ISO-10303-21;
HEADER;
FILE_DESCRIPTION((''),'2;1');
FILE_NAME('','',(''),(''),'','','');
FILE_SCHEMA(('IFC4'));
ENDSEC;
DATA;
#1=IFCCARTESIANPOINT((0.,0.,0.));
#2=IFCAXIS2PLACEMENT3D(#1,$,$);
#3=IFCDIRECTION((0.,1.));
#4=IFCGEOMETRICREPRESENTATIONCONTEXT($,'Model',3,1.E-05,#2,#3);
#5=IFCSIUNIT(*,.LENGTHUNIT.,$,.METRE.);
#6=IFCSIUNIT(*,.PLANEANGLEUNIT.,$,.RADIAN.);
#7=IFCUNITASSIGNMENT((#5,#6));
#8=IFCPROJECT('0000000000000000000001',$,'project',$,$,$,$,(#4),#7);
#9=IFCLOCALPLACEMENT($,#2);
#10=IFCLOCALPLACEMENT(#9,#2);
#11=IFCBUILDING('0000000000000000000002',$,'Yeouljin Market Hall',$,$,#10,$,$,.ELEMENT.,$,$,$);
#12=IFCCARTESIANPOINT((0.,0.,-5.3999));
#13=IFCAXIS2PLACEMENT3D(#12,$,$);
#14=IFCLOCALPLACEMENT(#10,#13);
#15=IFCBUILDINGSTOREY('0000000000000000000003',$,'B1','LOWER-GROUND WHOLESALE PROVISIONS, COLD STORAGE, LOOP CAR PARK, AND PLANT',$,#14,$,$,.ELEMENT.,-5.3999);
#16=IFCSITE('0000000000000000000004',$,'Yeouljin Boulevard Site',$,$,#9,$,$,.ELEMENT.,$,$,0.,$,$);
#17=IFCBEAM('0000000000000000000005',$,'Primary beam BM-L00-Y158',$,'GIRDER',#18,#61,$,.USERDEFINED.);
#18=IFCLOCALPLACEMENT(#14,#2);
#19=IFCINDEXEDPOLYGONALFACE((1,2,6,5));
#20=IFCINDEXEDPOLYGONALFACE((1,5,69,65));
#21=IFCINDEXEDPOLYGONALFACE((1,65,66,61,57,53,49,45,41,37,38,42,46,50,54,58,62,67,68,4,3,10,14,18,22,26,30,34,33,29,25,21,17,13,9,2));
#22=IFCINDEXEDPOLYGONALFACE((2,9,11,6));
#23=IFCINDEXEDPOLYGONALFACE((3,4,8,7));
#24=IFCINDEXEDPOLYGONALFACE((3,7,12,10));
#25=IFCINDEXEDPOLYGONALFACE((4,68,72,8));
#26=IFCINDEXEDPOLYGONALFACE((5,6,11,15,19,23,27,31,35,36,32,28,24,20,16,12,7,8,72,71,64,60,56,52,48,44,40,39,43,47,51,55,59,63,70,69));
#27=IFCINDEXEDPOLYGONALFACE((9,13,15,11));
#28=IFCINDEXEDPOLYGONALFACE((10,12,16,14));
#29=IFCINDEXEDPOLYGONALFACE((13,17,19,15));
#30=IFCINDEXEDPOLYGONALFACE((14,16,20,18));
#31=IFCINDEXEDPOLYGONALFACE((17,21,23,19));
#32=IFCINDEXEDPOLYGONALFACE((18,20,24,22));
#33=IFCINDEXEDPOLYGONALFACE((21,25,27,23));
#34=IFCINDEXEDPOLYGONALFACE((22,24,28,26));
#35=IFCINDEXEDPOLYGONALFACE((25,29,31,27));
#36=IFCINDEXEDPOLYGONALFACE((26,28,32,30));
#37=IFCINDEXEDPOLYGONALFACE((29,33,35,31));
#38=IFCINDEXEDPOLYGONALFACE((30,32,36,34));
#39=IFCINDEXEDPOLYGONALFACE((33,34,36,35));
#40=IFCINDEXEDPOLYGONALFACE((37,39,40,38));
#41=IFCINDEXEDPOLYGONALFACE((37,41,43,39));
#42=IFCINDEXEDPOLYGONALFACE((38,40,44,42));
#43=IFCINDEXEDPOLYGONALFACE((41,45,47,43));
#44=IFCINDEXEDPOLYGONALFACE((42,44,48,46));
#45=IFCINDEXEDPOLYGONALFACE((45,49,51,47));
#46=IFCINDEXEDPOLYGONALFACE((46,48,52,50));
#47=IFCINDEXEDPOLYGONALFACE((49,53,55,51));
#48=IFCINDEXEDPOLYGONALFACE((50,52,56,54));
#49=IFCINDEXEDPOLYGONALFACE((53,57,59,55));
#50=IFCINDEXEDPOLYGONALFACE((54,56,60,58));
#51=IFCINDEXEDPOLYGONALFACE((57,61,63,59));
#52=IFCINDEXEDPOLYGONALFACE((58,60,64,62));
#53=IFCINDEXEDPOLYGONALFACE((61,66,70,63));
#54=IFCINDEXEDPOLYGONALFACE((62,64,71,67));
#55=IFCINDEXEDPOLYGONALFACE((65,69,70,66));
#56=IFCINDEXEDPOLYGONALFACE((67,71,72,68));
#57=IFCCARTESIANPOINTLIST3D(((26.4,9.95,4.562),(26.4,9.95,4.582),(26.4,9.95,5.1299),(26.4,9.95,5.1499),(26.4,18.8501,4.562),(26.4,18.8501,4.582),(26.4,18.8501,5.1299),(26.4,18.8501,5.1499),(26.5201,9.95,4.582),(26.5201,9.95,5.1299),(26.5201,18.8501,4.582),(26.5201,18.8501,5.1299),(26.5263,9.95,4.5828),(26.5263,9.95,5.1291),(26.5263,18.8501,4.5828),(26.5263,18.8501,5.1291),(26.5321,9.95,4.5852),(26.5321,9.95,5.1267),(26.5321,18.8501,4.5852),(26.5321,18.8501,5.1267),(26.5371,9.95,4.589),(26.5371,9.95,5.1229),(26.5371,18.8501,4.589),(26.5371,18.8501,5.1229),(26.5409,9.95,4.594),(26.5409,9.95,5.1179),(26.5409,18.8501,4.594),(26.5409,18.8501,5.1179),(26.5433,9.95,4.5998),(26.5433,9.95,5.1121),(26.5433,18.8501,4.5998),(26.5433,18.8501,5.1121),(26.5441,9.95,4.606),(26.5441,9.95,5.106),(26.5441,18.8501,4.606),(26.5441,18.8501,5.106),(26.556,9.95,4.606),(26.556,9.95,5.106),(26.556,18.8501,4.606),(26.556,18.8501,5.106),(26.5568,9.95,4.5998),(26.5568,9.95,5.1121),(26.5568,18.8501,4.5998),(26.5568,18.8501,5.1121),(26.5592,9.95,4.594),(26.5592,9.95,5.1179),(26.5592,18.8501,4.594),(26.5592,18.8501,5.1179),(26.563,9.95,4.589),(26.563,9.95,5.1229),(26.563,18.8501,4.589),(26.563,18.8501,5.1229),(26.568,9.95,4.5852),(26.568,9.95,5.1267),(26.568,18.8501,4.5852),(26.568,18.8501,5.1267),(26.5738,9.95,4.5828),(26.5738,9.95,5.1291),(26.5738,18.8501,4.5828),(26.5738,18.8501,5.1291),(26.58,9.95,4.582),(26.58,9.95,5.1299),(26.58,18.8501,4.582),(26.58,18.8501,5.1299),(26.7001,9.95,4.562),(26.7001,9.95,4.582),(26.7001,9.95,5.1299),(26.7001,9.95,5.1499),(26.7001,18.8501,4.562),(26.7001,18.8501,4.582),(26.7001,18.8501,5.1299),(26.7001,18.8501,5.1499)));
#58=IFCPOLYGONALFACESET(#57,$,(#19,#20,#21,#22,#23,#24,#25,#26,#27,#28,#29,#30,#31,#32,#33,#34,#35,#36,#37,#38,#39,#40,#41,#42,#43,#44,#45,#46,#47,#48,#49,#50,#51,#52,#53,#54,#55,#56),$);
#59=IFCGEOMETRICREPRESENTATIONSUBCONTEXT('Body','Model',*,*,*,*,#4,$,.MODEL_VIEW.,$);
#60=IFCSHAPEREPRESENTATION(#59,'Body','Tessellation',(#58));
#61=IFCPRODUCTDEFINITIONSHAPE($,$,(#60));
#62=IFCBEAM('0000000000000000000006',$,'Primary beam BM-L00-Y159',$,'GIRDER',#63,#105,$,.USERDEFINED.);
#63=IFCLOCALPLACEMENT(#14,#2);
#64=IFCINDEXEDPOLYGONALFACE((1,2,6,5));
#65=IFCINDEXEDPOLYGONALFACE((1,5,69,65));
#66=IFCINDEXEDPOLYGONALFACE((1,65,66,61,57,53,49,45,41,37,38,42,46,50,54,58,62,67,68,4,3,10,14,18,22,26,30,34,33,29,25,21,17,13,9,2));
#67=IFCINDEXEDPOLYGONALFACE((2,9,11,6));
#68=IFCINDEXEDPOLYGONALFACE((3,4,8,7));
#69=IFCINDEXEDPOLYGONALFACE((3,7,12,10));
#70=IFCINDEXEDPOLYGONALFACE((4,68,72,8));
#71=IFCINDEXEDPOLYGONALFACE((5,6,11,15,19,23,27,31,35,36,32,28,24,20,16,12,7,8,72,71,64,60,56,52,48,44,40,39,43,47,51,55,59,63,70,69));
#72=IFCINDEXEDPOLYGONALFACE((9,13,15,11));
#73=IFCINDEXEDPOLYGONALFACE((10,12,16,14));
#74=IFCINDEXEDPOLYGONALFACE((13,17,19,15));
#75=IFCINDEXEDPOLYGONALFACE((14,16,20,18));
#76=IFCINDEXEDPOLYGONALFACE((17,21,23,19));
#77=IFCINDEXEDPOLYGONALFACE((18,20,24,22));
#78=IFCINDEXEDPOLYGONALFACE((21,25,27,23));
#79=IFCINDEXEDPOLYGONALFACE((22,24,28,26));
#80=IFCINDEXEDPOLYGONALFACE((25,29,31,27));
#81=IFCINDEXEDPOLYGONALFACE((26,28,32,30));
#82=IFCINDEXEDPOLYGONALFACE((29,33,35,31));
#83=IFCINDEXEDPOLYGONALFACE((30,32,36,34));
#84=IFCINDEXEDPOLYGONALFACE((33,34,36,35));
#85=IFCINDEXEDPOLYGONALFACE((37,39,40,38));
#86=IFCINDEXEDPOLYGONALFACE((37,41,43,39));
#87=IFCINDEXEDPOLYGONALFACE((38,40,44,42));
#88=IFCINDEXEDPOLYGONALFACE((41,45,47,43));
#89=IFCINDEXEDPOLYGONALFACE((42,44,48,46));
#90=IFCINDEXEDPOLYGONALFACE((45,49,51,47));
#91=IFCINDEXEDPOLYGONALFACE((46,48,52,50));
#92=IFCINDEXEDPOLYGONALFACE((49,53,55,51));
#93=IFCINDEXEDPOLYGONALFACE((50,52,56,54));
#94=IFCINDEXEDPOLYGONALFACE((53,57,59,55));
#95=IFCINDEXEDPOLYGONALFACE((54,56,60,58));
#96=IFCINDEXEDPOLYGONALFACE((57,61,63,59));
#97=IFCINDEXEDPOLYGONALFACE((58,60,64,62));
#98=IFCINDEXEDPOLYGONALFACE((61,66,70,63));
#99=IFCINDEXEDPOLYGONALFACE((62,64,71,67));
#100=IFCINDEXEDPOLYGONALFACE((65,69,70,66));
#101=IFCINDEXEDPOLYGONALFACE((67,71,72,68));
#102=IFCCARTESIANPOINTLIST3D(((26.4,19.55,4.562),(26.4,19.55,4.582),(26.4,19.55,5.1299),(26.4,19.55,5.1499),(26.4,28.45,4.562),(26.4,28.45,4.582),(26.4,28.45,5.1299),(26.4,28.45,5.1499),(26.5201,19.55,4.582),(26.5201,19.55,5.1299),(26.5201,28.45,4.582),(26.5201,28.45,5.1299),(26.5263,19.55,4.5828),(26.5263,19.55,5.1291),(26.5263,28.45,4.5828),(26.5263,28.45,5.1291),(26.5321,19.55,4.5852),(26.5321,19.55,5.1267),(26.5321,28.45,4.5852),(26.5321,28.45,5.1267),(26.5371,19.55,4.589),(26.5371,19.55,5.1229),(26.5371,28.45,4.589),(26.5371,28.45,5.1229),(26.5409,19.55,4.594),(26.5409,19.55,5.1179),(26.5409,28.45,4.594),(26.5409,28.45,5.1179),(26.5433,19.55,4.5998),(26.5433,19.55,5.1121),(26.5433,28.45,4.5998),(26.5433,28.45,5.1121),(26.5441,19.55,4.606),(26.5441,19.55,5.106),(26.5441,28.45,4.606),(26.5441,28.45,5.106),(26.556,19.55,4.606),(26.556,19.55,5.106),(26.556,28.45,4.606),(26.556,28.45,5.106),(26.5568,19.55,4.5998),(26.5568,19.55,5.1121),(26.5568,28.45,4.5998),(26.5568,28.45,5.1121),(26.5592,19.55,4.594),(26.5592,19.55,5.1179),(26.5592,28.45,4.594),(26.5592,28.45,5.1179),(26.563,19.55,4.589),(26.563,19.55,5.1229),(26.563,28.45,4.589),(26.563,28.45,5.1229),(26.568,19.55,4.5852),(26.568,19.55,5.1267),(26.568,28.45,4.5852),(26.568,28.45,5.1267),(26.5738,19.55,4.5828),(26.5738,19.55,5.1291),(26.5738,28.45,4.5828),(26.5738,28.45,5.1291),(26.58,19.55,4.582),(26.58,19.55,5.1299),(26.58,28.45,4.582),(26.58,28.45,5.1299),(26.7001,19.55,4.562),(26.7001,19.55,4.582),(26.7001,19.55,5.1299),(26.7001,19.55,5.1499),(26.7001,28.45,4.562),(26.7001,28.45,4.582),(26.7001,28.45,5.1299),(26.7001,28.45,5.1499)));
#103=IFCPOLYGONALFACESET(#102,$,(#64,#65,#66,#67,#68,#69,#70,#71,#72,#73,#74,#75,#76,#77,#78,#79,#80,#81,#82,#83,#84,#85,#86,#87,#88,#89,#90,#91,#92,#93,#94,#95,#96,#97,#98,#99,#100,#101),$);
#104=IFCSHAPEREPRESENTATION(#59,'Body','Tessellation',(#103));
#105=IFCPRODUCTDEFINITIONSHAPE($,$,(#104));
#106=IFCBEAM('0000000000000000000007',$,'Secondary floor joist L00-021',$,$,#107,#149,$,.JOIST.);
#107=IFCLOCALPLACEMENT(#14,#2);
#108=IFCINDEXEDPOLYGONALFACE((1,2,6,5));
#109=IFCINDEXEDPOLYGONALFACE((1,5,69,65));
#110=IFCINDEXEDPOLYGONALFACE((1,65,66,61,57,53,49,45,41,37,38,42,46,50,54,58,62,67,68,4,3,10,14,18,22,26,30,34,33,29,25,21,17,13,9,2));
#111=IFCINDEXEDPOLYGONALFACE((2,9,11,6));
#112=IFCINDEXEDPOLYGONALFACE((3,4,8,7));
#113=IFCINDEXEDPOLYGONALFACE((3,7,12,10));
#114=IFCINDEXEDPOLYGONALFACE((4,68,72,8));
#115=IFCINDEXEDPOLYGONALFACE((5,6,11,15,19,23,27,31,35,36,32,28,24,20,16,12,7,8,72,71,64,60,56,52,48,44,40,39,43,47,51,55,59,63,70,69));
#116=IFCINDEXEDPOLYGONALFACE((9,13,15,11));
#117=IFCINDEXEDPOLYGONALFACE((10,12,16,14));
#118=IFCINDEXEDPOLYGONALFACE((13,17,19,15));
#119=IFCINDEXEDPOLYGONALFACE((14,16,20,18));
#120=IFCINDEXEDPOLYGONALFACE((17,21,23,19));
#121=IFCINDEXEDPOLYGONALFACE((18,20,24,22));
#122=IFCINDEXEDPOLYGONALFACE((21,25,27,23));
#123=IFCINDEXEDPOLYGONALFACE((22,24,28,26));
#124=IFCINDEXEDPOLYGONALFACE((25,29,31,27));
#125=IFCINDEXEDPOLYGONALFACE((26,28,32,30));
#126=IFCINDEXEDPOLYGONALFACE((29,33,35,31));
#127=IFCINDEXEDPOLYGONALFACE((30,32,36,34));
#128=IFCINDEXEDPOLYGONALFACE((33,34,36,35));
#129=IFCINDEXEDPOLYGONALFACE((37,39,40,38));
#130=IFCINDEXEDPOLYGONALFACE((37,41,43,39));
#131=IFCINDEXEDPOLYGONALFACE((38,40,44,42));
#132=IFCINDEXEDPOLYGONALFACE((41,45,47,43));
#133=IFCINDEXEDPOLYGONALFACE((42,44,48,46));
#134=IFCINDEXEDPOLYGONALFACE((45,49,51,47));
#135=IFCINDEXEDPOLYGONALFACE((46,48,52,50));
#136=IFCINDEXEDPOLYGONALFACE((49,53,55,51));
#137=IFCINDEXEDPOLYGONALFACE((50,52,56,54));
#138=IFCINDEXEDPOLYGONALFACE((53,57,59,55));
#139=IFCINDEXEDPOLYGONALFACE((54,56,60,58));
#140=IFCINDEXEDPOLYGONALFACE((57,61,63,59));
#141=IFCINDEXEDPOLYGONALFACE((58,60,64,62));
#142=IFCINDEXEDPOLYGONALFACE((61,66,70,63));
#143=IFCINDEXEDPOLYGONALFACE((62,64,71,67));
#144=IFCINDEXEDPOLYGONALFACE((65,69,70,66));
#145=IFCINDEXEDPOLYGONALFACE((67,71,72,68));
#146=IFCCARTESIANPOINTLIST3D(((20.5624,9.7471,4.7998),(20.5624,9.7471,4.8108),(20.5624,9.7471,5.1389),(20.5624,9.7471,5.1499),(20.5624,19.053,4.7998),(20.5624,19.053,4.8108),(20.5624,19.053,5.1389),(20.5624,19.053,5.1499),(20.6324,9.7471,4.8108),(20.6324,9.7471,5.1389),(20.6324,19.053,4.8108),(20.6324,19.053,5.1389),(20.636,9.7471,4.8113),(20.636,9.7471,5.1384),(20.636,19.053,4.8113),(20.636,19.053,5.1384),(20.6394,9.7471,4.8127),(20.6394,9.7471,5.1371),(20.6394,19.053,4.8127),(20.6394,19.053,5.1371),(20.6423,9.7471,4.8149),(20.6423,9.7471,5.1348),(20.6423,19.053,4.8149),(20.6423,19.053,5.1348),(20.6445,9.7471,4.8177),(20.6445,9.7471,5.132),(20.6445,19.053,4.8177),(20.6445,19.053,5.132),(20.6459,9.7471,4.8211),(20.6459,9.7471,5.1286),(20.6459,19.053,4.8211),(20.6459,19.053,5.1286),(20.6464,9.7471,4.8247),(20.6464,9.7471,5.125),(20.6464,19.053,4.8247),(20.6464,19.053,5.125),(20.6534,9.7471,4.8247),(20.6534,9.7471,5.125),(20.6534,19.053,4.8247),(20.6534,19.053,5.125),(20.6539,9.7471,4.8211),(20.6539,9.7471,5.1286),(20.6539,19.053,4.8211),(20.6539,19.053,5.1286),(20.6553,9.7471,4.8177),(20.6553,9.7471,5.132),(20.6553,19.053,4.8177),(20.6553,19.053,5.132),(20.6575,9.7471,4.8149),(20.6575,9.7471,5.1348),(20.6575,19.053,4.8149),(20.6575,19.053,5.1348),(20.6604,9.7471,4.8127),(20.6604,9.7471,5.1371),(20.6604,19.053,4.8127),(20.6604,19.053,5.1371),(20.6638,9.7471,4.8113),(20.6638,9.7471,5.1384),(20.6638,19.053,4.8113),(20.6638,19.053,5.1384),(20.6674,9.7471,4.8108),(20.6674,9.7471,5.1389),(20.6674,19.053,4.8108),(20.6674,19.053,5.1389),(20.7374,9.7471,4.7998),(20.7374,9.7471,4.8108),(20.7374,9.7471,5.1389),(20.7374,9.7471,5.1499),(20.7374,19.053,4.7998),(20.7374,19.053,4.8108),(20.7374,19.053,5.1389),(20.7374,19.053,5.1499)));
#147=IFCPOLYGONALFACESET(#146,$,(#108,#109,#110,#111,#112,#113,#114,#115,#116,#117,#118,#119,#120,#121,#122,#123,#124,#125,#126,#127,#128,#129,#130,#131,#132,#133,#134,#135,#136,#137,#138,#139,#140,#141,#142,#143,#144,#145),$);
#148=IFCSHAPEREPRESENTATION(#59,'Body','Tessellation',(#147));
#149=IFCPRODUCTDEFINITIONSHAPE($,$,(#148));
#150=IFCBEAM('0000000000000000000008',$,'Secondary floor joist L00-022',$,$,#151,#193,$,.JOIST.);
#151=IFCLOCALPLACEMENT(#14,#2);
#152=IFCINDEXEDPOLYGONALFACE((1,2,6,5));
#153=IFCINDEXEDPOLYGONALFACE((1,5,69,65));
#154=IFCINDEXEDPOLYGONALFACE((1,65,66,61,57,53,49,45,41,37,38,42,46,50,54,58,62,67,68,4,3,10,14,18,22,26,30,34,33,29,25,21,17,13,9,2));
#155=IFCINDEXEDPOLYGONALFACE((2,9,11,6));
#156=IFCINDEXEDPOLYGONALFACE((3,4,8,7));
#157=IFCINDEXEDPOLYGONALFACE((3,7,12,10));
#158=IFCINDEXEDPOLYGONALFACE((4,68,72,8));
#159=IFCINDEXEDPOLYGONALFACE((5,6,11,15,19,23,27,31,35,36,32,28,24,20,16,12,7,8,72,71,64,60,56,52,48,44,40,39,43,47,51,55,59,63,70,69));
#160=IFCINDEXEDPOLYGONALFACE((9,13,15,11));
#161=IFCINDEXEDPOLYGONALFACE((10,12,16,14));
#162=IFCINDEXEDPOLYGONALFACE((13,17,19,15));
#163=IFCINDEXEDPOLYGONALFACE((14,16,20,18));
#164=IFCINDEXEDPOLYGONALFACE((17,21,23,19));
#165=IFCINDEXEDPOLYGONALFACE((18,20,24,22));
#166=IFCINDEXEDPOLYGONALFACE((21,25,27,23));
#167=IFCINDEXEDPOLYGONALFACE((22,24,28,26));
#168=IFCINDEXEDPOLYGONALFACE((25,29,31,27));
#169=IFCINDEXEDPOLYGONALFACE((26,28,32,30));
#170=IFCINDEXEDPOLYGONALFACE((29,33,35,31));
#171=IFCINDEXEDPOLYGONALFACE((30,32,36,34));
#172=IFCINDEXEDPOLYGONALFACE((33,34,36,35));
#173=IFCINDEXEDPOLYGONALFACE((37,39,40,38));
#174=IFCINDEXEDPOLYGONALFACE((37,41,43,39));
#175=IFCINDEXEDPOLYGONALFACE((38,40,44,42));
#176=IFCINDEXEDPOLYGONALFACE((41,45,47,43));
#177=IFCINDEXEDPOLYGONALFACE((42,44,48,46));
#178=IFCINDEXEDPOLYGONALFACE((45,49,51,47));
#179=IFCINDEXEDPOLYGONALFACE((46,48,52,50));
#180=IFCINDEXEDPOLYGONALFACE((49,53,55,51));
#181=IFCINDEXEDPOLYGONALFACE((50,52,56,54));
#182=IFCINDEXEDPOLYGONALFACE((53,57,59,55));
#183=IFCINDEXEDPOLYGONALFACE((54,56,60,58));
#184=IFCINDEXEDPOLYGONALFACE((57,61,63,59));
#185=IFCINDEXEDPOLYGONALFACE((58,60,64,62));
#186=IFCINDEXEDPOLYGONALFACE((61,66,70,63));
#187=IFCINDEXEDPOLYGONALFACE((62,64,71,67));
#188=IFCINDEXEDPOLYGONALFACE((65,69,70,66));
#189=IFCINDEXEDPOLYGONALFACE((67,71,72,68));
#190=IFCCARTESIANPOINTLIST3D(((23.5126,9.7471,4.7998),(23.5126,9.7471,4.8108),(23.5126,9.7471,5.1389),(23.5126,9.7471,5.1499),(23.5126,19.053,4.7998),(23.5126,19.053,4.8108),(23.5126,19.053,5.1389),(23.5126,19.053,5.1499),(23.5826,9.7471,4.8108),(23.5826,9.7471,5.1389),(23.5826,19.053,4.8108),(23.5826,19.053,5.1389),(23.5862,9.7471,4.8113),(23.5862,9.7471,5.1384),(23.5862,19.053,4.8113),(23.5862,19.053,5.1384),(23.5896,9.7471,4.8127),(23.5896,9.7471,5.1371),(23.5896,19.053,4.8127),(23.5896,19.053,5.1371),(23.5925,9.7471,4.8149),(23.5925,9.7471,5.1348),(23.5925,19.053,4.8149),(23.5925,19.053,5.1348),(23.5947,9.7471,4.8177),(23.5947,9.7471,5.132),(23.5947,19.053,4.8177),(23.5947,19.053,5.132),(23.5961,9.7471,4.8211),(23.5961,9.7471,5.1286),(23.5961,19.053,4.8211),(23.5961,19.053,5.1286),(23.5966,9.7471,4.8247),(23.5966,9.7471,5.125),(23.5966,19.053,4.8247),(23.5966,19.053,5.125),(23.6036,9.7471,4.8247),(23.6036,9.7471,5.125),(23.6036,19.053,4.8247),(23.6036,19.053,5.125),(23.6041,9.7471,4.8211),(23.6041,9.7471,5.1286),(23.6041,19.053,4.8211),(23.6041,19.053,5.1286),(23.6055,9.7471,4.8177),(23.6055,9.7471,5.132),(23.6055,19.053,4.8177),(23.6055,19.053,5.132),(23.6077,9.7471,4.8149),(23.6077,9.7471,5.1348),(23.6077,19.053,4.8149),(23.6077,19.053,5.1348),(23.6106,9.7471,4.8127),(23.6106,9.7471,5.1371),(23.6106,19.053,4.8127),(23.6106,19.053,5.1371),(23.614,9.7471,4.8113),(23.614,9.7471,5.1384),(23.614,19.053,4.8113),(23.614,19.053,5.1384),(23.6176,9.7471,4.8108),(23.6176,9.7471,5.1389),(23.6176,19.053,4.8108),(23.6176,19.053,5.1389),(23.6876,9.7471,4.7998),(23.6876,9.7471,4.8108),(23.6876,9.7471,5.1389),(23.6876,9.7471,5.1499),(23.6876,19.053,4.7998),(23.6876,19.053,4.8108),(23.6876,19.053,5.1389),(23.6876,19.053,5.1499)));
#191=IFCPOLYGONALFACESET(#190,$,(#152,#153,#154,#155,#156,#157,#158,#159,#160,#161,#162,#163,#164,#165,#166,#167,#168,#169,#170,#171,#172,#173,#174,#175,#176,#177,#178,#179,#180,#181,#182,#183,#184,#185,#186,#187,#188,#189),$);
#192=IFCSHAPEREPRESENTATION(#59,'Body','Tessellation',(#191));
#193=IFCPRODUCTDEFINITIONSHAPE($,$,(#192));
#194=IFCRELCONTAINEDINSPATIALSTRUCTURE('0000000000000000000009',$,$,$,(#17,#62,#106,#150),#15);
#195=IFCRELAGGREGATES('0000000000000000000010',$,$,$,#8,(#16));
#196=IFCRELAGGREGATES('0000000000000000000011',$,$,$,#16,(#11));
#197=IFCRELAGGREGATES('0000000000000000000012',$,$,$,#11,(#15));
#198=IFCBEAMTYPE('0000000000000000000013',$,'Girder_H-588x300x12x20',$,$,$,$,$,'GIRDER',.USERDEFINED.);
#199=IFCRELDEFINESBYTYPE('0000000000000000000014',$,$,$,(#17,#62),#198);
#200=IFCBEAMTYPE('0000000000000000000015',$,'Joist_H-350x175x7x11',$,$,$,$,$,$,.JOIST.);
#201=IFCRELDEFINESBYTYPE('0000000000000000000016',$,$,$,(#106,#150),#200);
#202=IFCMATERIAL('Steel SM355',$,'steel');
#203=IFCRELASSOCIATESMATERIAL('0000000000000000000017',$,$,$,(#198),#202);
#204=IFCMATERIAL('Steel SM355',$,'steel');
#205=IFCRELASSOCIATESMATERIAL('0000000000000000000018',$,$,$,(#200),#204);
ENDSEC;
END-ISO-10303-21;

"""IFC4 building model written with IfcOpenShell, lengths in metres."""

from ifc_helpers import new_model, si_unit, direction, frame, origin, origin_2d, place, context, subcontext, project, spatial, i_section, extrude, material, material_profile, profile_set, type_object, element, save


model = new_model("IFC4")

# Units and contexts
model_context = context("Model", 3, precision=1e-05, world=origin(), true_north=direction((0.0, 1.0)))
body_context = subcontext(model_context, "Body", "Model", "MODEL_VIEW")
ifc_project = project(units=[si_unit("LENGTHUNIT", "METRE"), si_unit("PLANEANGLEUNIT", "RADIAN")], contexts=[model_context])

# Site, building, storey
site_placement = place(None, origin())
site = spatial("IfcSite", under=ifc_project, at=site_placement, Name="Yeouljin Boulevard Site", CompositionType="ELEMENT", RefElevation=0.0)
building_placement = place(site_placement, origin())
building = spatial("IfcBuilding", under=site, at=building_placement, Name="Yeouljin Market Hall", CompositionType="ELEMENT")
storey_placement = place(building_placement, frame((0.0, 0.0, -5.3999)))
storey = spatial("IfcBuildingStorey", under=building, at=storey_placement, Name="B1", Description="LOWER-GROUND WHOLESALE PROVISIONS, COLD STORAGE, LOOP CAR PARK, AND PLANT", CompositionType="ELEMENT", Elevation=-5.3999)

# Beams
ifc_material_1 = material(Name="Steel SM355", Category="steel")
ifc_material_profile_1 = material_profile(ifc_material_1, i_section(OverallWidth=0.3, OverallDepth=0.5879, WebThickness=0.012, FlangeThickness=0.02, FilletRadius=0.0239, at=origin_2d()), Name="H-588x300x12x20")
ifc_profile_set_1 = profile_set([ifc_material_profile_1], Name="Steel SM355")
beam_type_1 = type_object("IfcBeamType", Name="Girder_H-588x300x12x20", ElementType="GIRDER", PredefinedType="USERDEFINED", material=ifc_profile_set_1)
beam_1_placement = place(storey_placement, frame((26.55, 9.95, 4.856), z_axis=(0.0, 1.0, 0.0), x_axis=(-1.0, 0.0, 0.0)))
element("IfcBeam", 1, at=beam_1_placement, inside=storey, type_object=beam_type_1, Name="Primary beam BM-L00-Y158", ObjectType="GIRDER", PredefinedType="USERDEFINED", context=body_context, shape_type="SweptSolid", body=[
    extrude(i_section(OverallWidth=0.3, OverallDepth=0.5879, WebThickness=0.012, FlangeThickness=0.02, FilletRadius=0.0239, at=origin_2d()), origin(), (0.0, 0.0, 1.0), 8.9001),
])
beam_2_placement = place(storey_placement, frame((26.55, 19.55, 4.856), z_axis=(0.0, 1.0, 0.0), x_axis=(-1.0, 0.0, 0.0)))
element("IfcBeam", 2, at=beam_2_placement, inside=storey, type_object=beam_type_1, Name="Primary beam BM-L00-Y159", ObjectType="GIRDER", PredefinedType="USERDEFINED", context=body_context, shape_type="SweptSolid", body=[
    extrude(i_section(OverallWidth=0.3, OverallDepth=0.5879, WebThickness=0.012, FlangeThickness=0.02, FilletRadius=0.0239, at=origin_2d()), origin(), (0.0, 0.0, 1.0), 8.8999),
])
ifc_material_2 = material(Name="Steel SM355", Category="steel")
ifc_material_profile_2 = material_profile(ifc_material_2, i_section(OverallWidth=0.175, OverallDepth=0.3501, WebThickness=0.0071, FlangeThickness=0.011, FilletRadius=0.0139, at=origin_2d()), Name="H-350x175x7x11")
ifc_profile_set_2 = profile_set([ifc_material_profile_2], Name="Steel SM355")
beam_type_2 = type_object("IfcBeamType", Name="Joist_H-350x175x7x11", PredefinedType="JOIST", material=ifc_profile_set_2)
for number, where, z_axis, x_axis, name in (
    (3, (20.6499, 9.7471, 4.9749), (0.0, 1.0, 0.0), (-1.0, 0.0, 0.0), "Secondary floor joist L00-021"),
    (4, (23.6001, 9.7471, 4.9749), (0.0, 1.0, 0.0), (-1.0, 0.0, 0.0), "Secondary floor joist L00-022"),
):
    element("IfcBeam", number, at=place(storey_placement, frame(where, z_axis=z_axis, x_axis=x_axis)), inside=storey, type_object=beam_type_2, Name=name, PredefinedType="JOIST", context=body_context, shape_type="SweptSolid", body=[
        extrude(i_section(OverallWidth=0.175, OverallDepth=0.3501, WebThickness=0.0071, FlangeThickness=0.011, FilletRadius=0.0139, at=origin_2d()), origin(), (0.0, 0.0, 1.0), 9.3059),
    ])

save(model, "model.ifc")
